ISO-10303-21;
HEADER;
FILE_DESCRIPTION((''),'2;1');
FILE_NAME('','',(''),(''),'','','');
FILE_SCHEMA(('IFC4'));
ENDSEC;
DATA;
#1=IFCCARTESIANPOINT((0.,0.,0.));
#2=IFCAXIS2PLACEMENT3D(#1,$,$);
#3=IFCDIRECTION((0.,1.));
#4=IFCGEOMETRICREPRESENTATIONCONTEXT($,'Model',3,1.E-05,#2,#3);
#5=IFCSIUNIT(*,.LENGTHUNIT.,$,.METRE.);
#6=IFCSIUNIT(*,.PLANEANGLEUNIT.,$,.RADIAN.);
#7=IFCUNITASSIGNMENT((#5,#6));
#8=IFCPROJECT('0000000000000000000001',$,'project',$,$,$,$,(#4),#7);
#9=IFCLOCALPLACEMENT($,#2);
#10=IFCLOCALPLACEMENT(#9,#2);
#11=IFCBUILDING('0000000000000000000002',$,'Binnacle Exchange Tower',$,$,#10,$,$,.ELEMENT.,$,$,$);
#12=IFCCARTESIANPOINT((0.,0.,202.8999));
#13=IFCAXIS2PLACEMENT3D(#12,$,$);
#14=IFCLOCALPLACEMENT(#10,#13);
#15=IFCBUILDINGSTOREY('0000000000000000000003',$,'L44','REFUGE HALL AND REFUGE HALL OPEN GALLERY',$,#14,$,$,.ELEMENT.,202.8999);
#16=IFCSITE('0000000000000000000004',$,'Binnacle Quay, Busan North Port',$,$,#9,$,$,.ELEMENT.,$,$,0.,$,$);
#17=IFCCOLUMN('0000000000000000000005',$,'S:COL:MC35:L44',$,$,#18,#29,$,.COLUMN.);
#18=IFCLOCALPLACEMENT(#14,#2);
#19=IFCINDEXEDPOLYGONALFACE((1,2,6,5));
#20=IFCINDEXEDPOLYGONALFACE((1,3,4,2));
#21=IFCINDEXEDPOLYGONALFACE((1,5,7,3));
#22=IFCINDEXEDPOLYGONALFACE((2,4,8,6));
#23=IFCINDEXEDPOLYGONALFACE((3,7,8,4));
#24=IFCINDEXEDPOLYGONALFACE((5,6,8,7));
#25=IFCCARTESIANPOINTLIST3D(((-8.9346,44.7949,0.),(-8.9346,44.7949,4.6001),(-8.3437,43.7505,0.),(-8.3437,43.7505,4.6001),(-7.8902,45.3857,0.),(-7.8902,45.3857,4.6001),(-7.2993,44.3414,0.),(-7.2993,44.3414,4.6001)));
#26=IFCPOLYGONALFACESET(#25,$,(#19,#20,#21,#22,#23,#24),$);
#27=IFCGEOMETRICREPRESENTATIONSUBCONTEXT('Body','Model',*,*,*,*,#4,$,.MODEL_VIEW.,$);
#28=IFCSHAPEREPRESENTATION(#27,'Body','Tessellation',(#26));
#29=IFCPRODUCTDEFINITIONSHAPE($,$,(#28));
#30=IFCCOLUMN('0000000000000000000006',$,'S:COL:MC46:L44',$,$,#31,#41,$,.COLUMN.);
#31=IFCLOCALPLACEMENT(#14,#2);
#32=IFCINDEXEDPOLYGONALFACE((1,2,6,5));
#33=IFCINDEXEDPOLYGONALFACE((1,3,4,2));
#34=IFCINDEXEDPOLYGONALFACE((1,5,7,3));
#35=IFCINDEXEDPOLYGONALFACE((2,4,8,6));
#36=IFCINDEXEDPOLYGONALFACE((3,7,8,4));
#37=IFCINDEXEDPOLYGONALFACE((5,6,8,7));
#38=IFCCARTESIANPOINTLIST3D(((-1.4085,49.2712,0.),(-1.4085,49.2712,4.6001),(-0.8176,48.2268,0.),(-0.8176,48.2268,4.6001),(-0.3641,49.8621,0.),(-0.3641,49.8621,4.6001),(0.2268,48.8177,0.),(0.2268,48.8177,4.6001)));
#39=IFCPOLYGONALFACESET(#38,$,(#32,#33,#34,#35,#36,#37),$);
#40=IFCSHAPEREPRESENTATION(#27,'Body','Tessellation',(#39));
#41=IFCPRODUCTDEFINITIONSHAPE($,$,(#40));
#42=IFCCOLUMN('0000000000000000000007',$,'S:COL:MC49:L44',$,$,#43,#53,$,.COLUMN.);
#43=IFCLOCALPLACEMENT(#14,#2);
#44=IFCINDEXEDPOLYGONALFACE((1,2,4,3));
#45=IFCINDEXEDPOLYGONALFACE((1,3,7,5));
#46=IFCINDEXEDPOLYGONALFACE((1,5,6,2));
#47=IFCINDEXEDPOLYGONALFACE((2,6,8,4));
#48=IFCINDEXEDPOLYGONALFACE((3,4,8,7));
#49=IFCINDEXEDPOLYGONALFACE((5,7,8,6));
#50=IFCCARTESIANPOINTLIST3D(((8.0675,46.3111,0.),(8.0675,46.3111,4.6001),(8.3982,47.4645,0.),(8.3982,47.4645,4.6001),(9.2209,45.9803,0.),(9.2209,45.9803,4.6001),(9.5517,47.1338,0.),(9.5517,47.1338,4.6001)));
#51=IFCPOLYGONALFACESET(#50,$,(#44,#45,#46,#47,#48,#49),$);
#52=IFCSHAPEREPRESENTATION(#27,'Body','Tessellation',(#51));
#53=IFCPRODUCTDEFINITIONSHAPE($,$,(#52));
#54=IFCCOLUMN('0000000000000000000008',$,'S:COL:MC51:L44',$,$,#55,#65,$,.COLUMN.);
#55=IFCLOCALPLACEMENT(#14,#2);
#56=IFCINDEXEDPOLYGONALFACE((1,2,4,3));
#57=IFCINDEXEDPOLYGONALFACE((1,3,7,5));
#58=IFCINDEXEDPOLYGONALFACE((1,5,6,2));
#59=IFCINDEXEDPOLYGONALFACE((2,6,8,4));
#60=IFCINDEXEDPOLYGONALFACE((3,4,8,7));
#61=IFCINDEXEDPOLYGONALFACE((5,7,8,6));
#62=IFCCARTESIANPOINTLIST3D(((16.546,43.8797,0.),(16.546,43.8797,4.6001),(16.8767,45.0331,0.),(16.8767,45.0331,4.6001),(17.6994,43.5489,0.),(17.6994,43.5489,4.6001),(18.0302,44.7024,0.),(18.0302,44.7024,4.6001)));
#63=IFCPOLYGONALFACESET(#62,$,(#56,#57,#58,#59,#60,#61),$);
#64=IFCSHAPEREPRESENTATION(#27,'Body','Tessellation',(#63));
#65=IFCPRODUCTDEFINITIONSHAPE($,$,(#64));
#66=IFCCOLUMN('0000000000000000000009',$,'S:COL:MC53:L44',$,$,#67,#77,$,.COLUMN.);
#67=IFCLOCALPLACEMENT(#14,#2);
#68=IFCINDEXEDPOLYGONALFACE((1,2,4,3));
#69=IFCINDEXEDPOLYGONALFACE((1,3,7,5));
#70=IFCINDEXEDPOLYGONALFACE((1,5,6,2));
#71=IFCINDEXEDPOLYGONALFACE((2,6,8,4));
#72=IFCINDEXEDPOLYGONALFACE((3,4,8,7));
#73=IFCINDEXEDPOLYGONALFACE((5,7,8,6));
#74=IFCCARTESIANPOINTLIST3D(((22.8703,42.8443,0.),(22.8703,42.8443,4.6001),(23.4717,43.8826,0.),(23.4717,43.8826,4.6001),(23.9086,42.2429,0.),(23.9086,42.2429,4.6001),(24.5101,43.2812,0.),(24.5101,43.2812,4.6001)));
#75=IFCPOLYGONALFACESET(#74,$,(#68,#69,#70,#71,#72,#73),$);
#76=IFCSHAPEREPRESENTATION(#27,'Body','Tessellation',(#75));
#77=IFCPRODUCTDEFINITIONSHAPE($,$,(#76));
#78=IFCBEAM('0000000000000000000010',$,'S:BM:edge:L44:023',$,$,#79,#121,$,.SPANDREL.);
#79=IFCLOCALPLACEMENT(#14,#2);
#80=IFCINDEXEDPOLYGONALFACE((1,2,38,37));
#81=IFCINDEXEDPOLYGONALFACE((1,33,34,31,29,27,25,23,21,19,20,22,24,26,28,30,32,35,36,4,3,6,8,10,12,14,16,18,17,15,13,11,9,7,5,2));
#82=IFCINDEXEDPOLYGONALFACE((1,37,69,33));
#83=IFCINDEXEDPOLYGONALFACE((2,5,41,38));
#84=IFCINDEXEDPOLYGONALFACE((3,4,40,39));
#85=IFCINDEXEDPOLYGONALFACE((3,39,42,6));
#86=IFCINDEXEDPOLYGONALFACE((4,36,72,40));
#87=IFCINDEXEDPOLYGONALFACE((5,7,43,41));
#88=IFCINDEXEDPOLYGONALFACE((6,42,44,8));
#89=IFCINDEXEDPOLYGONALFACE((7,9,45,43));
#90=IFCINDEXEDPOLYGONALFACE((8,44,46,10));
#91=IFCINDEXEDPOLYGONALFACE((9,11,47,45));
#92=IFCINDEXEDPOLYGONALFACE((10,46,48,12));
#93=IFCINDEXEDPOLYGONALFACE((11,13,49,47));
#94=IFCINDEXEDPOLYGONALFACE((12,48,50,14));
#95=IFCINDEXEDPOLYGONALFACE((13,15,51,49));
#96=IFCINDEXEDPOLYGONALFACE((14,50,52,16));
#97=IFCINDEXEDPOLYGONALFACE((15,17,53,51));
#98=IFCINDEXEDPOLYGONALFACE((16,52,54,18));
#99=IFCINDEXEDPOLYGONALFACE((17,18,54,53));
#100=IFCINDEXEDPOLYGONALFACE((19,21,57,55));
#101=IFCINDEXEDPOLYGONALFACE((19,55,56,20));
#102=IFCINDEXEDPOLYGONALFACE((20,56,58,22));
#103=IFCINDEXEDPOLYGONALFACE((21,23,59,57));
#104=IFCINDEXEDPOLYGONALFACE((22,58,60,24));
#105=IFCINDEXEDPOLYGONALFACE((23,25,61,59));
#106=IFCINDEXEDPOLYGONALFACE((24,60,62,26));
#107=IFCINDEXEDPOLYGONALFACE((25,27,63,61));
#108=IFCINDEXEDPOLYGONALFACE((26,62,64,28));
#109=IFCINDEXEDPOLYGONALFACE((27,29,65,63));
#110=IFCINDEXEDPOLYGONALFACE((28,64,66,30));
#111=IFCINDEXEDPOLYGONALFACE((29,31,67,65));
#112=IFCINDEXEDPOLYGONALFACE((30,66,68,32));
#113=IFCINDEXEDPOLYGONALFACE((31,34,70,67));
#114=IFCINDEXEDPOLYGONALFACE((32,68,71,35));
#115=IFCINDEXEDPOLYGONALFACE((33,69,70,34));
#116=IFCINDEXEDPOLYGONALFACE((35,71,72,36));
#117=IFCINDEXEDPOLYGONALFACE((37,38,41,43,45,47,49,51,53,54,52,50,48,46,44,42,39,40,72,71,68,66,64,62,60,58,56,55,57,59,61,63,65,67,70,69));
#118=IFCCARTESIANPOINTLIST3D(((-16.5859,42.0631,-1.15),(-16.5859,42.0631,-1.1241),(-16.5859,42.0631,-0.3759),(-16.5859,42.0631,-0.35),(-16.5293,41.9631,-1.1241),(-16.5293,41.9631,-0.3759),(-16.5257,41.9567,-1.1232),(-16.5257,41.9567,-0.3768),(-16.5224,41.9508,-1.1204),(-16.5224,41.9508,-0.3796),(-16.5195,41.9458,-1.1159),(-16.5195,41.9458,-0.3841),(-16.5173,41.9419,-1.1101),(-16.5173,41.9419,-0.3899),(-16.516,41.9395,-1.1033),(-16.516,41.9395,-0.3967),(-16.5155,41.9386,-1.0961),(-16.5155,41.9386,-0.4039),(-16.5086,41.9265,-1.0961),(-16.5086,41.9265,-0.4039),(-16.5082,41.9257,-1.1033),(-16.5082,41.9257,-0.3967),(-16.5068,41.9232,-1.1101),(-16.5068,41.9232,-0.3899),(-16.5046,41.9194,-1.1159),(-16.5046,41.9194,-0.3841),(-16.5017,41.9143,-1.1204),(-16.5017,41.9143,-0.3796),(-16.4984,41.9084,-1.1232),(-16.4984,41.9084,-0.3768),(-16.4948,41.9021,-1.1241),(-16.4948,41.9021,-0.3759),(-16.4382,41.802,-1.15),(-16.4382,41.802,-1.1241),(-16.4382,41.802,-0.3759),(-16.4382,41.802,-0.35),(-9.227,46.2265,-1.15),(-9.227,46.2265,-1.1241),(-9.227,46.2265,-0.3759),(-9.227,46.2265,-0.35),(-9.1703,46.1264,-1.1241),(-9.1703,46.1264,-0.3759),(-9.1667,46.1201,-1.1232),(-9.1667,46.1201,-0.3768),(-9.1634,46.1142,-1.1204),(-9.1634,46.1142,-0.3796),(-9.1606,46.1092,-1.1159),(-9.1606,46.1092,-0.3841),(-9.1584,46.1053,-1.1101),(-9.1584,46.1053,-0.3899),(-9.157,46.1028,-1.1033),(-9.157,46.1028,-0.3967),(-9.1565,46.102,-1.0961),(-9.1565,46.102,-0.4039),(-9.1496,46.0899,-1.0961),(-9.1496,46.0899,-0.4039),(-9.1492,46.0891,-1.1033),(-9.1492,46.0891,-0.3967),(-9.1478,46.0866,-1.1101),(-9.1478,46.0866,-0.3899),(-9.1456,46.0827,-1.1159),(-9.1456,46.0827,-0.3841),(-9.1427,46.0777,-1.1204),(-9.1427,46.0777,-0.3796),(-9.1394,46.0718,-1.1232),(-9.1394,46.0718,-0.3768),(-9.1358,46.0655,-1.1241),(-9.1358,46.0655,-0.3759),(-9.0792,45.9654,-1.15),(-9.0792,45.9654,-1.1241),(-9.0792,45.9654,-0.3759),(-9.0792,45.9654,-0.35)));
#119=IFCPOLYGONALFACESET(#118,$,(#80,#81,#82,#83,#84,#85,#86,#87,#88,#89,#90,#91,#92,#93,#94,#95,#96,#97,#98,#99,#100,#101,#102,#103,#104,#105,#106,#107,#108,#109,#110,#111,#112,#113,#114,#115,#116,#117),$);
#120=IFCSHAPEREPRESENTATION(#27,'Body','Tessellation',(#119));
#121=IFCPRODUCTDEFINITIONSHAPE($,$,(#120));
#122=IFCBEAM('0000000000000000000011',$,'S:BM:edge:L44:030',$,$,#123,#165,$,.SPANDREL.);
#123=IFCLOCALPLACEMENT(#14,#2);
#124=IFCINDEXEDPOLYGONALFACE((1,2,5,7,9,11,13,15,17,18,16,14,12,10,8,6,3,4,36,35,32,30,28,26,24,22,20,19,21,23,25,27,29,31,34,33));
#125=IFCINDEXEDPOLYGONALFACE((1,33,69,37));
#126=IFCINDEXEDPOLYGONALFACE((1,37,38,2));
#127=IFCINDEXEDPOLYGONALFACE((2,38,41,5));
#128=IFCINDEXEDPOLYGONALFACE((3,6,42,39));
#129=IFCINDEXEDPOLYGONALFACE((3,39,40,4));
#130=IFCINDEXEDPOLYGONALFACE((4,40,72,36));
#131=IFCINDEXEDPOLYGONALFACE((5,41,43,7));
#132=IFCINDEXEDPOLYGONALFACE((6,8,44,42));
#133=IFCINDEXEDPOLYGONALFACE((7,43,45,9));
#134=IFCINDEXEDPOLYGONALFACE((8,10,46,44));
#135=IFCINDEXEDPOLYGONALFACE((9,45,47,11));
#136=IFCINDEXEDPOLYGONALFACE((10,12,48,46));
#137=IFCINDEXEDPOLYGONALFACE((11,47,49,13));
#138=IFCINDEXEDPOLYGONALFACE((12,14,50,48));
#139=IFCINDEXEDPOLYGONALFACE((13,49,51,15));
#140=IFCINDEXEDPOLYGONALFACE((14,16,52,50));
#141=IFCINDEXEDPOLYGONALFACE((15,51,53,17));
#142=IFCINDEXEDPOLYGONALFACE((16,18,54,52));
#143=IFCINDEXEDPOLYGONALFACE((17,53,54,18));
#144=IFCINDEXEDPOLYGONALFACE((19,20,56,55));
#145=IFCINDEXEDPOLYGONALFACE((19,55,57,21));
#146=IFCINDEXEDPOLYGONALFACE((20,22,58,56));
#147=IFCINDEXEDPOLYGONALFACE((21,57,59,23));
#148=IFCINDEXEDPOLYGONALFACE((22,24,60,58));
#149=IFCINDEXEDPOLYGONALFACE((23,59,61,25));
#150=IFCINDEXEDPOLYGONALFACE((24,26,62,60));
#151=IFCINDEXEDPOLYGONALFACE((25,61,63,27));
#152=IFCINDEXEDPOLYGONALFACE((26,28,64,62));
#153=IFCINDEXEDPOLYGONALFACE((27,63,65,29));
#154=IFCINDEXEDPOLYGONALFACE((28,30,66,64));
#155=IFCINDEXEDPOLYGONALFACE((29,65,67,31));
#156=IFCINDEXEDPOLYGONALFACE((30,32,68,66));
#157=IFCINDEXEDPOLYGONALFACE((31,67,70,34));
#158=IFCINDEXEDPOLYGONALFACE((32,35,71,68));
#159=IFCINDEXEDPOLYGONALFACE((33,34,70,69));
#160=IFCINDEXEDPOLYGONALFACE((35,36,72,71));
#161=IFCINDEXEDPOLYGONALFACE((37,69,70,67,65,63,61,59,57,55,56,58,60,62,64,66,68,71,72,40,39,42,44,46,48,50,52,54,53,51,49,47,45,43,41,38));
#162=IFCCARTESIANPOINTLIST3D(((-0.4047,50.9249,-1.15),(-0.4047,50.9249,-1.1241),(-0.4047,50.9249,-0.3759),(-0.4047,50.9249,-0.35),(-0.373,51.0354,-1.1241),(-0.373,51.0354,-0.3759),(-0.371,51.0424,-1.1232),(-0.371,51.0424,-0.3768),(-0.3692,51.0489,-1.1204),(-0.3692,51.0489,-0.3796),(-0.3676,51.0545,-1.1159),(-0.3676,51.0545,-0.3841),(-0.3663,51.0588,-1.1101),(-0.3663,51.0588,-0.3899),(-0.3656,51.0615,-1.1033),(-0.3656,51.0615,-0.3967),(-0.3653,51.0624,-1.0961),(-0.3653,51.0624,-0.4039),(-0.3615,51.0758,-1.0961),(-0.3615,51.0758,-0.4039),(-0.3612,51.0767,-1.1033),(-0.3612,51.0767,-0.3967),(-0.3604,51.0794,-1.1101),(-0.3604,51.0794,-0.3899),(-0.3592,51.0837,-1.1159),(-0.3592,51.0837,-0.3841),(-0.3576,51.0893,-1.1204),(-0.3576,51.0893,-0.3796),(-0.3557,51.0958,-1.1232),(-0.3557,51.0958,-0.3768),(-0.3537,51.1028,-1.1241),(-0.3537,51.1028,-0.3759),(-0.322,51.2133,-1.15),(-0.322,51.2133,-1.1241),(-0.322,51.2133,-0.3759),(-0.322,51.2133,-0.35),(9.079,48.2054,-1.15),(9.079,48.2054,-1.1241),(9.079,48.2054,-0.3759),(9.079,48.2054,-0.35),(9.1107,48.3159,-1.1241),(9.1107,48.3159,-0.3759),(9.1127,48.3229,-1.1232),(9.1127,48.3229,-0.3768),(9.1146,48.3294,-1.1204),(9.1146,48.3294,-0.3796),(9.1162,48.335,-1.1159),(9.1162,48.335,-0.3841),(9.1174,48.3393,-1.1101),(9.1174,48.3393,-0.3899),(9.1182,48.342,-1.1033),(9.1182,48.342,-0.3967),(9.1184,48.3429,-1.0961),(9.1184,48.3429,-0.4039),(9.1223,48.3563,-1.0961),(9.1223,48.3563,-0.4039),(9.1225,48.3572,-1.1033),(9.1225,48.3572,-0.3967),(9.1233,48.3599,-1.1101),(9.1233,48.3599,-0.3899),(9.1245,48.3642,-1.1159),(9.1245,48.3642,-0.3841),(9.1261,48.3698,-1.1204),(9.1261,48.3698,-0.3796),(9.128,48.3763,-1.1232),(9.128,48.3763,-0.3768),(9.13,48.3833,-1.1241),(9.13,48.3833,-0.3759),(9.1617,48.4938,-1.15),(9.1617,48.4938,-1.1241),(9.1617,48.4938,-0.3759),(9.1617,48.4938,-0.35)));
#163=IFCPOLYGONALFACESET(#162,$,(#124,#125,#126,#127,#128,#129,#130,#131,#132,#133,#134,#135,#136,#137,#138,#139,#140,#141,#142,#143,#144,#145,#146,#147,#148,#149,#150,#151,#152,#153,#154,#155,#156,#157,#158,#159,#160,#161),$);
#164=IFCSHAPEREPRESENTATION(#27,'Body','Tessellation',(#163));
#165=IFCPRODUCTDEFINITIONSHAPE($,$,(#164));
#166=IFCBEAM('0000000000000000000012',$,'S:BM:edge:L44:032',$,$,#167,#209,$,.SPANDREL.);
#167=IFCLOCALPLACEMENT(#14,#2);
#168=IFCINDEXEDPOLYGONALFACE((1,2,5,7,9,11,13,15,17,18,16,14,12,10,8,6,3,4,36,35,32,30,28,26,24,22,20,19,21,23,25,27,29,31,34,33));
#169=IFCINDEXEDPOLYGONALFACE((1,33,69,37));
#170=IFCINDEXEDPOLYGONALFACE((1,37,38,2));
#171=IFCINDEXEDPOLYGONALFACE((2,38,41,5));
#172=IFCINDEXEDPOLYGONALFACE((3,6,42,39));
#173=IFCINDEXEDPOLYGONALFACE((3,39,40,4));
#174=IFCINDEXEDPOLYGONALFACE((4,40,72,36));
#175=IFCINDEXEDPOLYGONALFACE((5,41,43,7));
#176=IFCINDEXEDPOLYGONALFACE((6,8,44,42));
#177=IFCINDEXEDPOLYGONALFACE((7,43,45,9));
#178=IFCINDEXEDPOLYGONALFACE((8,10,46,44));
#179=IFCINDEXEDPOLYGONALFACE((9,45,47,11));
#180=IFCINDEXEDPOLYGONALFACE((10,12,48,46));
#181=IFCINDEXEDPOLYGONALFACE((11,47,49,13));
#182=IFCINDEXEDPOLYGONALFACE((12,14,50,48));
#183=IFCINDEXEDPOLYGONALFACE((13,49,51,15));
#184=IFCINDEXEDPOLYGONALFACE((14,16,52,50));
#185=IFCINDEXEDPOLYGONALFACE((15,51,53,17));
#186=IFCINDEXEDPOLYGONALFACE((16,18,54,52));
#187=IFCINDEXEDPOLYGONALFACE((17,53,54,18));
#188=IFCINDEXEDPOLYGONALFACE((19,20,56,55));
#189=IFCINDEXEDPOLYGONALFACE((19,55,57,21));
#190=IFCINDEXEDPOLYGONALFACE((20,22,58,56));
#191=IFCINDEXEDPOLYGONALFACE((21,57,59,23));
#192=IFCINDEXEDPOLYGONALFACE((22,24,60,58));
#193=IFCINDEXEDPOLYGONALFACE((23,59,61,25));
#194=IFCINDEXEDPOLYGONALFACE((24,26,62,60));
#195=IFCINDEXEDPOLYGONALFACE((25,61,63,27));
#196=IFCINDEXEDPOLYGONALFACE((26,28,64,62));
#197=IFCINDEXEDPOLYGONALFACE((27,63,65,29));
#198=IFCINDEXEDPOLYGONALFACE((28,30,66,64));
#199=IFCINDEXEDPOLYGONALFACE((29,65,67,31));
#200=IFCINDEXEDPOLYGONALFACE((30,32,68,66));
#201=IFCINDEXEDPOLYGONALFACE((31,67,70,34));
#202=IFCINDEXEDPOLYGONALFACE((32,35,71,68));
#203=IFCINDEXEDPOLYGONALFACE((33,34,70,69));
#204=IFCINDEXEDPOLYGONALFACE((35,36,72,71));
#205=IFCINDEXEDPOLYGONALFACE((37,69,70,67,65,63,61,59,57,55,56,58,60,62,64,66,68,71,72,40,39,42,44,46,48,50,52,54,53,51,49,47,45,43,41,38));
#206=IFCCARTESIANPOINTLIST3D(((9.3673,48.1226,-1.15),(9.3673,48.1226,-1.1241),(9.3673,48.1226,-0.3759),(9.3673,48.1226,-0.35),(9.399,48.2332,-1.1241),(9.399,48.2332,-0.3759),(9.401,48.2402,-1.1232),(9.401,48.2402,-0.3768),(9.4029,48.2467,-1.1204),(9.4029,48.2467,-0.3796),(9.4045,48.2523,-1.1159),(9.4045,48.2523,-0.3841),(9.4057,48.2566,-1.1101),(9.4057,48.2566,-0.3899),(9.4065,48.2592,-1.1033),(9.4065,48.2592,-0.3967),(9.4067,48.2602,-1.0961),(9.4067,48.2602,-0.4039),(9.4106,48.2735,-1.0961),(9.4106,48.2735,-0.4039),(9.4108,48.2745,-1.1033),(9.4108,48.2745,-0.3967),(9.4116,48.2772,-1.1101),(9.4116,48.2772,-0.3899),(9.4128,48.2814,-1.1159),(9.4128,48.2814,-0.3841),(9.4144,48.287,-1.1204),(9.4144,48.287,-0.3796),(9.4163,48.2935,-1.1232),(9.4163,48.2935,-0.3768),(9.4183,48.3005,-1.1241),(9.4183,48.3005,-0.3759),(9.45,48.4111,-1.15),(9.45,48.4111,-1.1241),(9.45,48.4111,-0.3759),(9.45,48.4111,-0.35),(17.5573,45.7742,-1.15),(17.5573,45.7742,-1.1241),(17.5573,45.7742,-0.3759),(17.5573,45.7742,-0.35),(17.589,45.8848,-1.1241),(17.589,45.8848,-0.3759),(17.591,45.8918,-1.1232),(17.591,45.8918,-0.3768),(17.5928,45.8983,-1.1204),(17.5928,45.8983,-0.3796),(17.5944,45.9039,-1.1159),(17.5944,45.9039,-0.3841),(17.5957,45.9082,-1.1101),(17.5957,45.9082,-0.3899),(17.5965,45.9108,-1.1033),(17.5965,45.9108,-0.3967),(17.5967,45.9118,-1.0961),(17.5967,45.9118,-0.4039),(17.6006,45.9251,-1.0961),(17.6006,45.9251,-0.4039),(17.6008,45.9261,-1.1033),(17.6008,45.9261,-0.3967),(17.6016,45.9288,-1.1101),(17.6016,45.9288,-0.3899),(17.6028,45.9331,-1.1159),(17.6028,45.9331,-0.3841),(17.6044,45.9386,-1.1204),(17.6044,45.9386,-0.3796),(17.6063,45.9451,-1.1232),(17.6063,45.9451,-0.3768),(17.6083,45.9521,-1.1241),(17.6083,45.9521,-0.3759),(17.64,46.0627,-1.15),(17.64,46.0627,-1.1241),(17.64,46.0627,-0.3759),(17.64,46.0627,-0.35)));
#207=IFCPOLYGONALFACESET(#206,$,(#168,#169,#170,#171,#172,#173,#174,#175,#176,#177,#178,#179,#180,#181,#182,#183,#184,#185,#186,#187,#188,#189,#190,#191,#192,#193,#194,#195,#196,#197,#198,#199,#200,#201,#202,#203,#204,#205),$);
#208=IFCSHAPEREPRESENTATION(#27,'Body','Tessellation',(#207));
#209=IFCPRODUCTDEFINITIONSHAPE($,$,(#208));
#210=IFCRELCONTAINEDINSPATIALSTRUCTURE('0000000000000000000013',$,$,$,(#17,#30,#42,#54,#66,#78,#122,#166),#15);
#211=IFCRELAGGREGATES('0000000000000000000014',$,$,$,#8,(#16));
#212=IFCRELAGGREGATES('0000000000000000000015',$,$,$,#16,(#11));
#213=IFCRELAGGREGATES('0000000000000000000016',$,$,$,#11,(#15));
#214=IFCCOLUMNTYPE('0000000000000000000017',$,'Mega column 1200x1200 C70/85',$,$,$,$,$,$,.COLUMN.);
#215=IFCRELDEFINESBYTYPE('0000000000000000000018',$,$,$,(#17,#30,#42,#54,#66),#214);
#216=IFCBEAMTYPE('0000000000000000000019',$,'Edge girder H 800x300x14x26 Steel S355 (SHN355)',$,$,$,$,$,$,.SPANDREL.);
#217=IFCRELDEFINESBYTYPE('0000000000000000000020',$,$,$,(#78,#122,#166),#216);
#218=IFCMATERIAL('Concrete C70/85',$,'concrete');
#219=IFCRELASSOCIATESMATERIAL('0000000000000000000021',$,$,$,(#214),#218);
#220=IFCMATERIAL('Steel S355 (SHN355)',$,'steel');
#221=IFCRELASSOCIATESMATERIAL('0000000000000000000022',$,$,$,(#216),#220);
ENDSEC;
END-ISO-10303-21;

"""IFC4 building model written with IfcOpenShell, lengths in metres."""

from ifc_helpers import new_model, si_unit, direction, frame, origin, origin_2d, place, context, subcontext, project, spatial, rectangle, i_section, extrude, material, material_profile, profile_set, type_object, element, save


model = new_model("IFC4")

# Units and contexts
model_context = context("Model", 3, precision=1e-05, world=origin(), true_north=direction((0.0, 1.0)))
body_context = subcontext(model_context, "Body", "Model", "MODEL_VIEW")
ifc_project = project(units=[si_unit("LENGTHUNIT", "METRE"), si_unit("PLANEANGLEUNIT", "RADIAN")], contexts=[model_context])

# Site, building, storey
site_placement = place(None, origin())
site = spatial("IfcSite", under=ifc_project, at=site_placement, Name="Binnacle Quay, Busan North Port", CompositionType="ELEMENT", RefElevation=0.0)
building_placement = place(site_placement, origin())
building = spatial("IfcBuilding", under=site, at=building_placement, Name="Binnacle Exchange Tower", CompositionType="ELEMENT")
storey_placement = place(building_placement, frame((0.0, 0.0, 202.8999)))
storey = spatial("IfcBuildingStorey", under=building, at=storey_placement, Name="L44", Description="REFUGE HALL AND REFUGE HALL OPEN GALLERY", CompositionType="ELEMENT", Elevation=202.8999)

# Columns
ifc_material_1 = material(Name="Concrete C70/85", Category="concrete")
ifc_material_profile_1 = material_profile(ifc_material_1, rectangle(XDim=1.2, YDim=1.2, at=origin_2d()), Name="Mega column 1200x1200 C70/85")
ifc_profile_set_1 = profile_set([ifc_material_profile_1], Name="Concrete C70/85")
column_type = type_object("IfcColumnType", Name="Mega column 1200x1200 C70/85", PredefinedType="COLUMN", material=ifc_profile_set_1)
for number, where, z_axis, x_axis, name in (
    (1, (-8.1169, 44.5681, 0.0), (0.0, 0.0, 1.0), (0.870356, 0.492424, 0.0), "S:COL:MC35:L44"),
    (2, (-0.5908, 49.0444, 0.0), (0.0, 0.0, 1.0), (0.870356, 0.492424, 0.0), "S:COL:MC46:L44"),
    (3, (8.8096, 46.7224, 0.0), (0.0, 0.0, 1.0), (0.961262, -0.275637, 0.0), "S:COL:MC49:L44"),
    (4, (17.2881, 44.291, 0.0), (0.0, 0.0, 1.0), (0.961262, -0.275637, 0.0), "S:COL:MC51:L44"),
    (5, (23.6902, 43.0627, 0.0), (0.0, 0.0, 1.0), (-0.865326, 0.501209, 0.0), "S:COL:MC53:L44"),
):
    element("IfcColumn", number, at=place(storey_placement, frame(where, z_axis=z_axis, x_axis=x_axis)), inside=storey, type_object=column_type, Name=name, PredefinedType="COLUMN", context=body_context, shape_type="SweptSolid", body=[
        extrude(rectangle(XDim=1.2, YDim=1.2, at=origin_2d()), origin(), (0.0, 0.0, 1.0), 4.6001),
    ])

# Beams
ifc_material_2 = material(Name="Steel S355 (SHN355)", Category="steel")
ifc_material_profile_2 = material_profile(ifc_material_2, i_section(OverallWidth=0.3, OverallDepth=0.8, WebThickness=0.0139, FlangeThickness=0.0259, FilletRadius=0.0281, at=origin_2d()), Name="H 800x300x14x26")
ifc_profile_set_2 = profile_set([ifc_material_profile_2], Name="Steel S355 (SHN355)")
beam_type_1 = type_object("IfcBeamType", Name="Edge girder H 800x300x14x26 Steel S355 (SHN355)", PredefinedType="SPANDREL", material=ifc_profile_set_2)
beam_1_placement = place(storey_placement, frame((-9.1531, 46.0959, -0.75), z_axis=(-0.870362, -0.492412, 0.0), x_axis=(0.492412, -0.870362, 0.0)))
element("IfcBeam", 6, at=beam_1_placement, inside=storey, type_object=beam_type_1, Name="S:BM:edge:L44:023", PredefinedType="SPANDREL", context=body_context, shape_type="SweptSolid", body=[
    extrude(i_section(OverallWidth=0.3, OverallDepth=0.8, WebThickness=0.0139, FlangeThickness=0.0259, FilletRadius=0.0281, at=origin_2d()), origin(), (0.0, 0.0, 1.0), 8.4551),
])
beam_2_placement = place(storey_placement, frame((9.1204, 48.3496, -0.75), z_axis=(-0.961259, 0.275646, 0.0), x_axis=(-0.275646, -0.961259, 0.0)))
element("IfcBeam", 7, at=beam_2_placement, inside=storey, type_object=beam_type_1, Name="S:BM:edge:L44:030", PredefinedType="SPANDREL", context=body_context, shape_type="SweptSolid", body=[
    extrude(i_section(OverallWidth=0.3, OverallDepth=0.8, WebThickness=0.0139, FlangeThickness=0.0259, FilletRadius=0.0281, at=origin_2d()), origin(), (0.0, 0.0, 1.0), 9.866),
])
beam_3_placement = place(storey_placement, frame((17.5986, 45.9185, -0.75), z_axis=(-0.961263, 0.275633, 0.0), x_axis=(-0.275633, -0.961263, 0.0)))
element("IfcBeam", 8, at=beam_3_placement, inside=storey, type_object=beam_type_1, Name="S:BM:edge:L44:032", PredefinedType="SPANDREL", context=body_context, shape_type="SweptSolid", body=[
    extrude(i_section(OverallWidth=0.3, OverallDepth=0.8, WebThickness=0.0139, FlangeThickness=0.0259, FilletRadius=0.0281, at=origin_2d()), origin(), (0.0, 0.0, 1.0), 8.52),
])

save(model, "model.ifc")
